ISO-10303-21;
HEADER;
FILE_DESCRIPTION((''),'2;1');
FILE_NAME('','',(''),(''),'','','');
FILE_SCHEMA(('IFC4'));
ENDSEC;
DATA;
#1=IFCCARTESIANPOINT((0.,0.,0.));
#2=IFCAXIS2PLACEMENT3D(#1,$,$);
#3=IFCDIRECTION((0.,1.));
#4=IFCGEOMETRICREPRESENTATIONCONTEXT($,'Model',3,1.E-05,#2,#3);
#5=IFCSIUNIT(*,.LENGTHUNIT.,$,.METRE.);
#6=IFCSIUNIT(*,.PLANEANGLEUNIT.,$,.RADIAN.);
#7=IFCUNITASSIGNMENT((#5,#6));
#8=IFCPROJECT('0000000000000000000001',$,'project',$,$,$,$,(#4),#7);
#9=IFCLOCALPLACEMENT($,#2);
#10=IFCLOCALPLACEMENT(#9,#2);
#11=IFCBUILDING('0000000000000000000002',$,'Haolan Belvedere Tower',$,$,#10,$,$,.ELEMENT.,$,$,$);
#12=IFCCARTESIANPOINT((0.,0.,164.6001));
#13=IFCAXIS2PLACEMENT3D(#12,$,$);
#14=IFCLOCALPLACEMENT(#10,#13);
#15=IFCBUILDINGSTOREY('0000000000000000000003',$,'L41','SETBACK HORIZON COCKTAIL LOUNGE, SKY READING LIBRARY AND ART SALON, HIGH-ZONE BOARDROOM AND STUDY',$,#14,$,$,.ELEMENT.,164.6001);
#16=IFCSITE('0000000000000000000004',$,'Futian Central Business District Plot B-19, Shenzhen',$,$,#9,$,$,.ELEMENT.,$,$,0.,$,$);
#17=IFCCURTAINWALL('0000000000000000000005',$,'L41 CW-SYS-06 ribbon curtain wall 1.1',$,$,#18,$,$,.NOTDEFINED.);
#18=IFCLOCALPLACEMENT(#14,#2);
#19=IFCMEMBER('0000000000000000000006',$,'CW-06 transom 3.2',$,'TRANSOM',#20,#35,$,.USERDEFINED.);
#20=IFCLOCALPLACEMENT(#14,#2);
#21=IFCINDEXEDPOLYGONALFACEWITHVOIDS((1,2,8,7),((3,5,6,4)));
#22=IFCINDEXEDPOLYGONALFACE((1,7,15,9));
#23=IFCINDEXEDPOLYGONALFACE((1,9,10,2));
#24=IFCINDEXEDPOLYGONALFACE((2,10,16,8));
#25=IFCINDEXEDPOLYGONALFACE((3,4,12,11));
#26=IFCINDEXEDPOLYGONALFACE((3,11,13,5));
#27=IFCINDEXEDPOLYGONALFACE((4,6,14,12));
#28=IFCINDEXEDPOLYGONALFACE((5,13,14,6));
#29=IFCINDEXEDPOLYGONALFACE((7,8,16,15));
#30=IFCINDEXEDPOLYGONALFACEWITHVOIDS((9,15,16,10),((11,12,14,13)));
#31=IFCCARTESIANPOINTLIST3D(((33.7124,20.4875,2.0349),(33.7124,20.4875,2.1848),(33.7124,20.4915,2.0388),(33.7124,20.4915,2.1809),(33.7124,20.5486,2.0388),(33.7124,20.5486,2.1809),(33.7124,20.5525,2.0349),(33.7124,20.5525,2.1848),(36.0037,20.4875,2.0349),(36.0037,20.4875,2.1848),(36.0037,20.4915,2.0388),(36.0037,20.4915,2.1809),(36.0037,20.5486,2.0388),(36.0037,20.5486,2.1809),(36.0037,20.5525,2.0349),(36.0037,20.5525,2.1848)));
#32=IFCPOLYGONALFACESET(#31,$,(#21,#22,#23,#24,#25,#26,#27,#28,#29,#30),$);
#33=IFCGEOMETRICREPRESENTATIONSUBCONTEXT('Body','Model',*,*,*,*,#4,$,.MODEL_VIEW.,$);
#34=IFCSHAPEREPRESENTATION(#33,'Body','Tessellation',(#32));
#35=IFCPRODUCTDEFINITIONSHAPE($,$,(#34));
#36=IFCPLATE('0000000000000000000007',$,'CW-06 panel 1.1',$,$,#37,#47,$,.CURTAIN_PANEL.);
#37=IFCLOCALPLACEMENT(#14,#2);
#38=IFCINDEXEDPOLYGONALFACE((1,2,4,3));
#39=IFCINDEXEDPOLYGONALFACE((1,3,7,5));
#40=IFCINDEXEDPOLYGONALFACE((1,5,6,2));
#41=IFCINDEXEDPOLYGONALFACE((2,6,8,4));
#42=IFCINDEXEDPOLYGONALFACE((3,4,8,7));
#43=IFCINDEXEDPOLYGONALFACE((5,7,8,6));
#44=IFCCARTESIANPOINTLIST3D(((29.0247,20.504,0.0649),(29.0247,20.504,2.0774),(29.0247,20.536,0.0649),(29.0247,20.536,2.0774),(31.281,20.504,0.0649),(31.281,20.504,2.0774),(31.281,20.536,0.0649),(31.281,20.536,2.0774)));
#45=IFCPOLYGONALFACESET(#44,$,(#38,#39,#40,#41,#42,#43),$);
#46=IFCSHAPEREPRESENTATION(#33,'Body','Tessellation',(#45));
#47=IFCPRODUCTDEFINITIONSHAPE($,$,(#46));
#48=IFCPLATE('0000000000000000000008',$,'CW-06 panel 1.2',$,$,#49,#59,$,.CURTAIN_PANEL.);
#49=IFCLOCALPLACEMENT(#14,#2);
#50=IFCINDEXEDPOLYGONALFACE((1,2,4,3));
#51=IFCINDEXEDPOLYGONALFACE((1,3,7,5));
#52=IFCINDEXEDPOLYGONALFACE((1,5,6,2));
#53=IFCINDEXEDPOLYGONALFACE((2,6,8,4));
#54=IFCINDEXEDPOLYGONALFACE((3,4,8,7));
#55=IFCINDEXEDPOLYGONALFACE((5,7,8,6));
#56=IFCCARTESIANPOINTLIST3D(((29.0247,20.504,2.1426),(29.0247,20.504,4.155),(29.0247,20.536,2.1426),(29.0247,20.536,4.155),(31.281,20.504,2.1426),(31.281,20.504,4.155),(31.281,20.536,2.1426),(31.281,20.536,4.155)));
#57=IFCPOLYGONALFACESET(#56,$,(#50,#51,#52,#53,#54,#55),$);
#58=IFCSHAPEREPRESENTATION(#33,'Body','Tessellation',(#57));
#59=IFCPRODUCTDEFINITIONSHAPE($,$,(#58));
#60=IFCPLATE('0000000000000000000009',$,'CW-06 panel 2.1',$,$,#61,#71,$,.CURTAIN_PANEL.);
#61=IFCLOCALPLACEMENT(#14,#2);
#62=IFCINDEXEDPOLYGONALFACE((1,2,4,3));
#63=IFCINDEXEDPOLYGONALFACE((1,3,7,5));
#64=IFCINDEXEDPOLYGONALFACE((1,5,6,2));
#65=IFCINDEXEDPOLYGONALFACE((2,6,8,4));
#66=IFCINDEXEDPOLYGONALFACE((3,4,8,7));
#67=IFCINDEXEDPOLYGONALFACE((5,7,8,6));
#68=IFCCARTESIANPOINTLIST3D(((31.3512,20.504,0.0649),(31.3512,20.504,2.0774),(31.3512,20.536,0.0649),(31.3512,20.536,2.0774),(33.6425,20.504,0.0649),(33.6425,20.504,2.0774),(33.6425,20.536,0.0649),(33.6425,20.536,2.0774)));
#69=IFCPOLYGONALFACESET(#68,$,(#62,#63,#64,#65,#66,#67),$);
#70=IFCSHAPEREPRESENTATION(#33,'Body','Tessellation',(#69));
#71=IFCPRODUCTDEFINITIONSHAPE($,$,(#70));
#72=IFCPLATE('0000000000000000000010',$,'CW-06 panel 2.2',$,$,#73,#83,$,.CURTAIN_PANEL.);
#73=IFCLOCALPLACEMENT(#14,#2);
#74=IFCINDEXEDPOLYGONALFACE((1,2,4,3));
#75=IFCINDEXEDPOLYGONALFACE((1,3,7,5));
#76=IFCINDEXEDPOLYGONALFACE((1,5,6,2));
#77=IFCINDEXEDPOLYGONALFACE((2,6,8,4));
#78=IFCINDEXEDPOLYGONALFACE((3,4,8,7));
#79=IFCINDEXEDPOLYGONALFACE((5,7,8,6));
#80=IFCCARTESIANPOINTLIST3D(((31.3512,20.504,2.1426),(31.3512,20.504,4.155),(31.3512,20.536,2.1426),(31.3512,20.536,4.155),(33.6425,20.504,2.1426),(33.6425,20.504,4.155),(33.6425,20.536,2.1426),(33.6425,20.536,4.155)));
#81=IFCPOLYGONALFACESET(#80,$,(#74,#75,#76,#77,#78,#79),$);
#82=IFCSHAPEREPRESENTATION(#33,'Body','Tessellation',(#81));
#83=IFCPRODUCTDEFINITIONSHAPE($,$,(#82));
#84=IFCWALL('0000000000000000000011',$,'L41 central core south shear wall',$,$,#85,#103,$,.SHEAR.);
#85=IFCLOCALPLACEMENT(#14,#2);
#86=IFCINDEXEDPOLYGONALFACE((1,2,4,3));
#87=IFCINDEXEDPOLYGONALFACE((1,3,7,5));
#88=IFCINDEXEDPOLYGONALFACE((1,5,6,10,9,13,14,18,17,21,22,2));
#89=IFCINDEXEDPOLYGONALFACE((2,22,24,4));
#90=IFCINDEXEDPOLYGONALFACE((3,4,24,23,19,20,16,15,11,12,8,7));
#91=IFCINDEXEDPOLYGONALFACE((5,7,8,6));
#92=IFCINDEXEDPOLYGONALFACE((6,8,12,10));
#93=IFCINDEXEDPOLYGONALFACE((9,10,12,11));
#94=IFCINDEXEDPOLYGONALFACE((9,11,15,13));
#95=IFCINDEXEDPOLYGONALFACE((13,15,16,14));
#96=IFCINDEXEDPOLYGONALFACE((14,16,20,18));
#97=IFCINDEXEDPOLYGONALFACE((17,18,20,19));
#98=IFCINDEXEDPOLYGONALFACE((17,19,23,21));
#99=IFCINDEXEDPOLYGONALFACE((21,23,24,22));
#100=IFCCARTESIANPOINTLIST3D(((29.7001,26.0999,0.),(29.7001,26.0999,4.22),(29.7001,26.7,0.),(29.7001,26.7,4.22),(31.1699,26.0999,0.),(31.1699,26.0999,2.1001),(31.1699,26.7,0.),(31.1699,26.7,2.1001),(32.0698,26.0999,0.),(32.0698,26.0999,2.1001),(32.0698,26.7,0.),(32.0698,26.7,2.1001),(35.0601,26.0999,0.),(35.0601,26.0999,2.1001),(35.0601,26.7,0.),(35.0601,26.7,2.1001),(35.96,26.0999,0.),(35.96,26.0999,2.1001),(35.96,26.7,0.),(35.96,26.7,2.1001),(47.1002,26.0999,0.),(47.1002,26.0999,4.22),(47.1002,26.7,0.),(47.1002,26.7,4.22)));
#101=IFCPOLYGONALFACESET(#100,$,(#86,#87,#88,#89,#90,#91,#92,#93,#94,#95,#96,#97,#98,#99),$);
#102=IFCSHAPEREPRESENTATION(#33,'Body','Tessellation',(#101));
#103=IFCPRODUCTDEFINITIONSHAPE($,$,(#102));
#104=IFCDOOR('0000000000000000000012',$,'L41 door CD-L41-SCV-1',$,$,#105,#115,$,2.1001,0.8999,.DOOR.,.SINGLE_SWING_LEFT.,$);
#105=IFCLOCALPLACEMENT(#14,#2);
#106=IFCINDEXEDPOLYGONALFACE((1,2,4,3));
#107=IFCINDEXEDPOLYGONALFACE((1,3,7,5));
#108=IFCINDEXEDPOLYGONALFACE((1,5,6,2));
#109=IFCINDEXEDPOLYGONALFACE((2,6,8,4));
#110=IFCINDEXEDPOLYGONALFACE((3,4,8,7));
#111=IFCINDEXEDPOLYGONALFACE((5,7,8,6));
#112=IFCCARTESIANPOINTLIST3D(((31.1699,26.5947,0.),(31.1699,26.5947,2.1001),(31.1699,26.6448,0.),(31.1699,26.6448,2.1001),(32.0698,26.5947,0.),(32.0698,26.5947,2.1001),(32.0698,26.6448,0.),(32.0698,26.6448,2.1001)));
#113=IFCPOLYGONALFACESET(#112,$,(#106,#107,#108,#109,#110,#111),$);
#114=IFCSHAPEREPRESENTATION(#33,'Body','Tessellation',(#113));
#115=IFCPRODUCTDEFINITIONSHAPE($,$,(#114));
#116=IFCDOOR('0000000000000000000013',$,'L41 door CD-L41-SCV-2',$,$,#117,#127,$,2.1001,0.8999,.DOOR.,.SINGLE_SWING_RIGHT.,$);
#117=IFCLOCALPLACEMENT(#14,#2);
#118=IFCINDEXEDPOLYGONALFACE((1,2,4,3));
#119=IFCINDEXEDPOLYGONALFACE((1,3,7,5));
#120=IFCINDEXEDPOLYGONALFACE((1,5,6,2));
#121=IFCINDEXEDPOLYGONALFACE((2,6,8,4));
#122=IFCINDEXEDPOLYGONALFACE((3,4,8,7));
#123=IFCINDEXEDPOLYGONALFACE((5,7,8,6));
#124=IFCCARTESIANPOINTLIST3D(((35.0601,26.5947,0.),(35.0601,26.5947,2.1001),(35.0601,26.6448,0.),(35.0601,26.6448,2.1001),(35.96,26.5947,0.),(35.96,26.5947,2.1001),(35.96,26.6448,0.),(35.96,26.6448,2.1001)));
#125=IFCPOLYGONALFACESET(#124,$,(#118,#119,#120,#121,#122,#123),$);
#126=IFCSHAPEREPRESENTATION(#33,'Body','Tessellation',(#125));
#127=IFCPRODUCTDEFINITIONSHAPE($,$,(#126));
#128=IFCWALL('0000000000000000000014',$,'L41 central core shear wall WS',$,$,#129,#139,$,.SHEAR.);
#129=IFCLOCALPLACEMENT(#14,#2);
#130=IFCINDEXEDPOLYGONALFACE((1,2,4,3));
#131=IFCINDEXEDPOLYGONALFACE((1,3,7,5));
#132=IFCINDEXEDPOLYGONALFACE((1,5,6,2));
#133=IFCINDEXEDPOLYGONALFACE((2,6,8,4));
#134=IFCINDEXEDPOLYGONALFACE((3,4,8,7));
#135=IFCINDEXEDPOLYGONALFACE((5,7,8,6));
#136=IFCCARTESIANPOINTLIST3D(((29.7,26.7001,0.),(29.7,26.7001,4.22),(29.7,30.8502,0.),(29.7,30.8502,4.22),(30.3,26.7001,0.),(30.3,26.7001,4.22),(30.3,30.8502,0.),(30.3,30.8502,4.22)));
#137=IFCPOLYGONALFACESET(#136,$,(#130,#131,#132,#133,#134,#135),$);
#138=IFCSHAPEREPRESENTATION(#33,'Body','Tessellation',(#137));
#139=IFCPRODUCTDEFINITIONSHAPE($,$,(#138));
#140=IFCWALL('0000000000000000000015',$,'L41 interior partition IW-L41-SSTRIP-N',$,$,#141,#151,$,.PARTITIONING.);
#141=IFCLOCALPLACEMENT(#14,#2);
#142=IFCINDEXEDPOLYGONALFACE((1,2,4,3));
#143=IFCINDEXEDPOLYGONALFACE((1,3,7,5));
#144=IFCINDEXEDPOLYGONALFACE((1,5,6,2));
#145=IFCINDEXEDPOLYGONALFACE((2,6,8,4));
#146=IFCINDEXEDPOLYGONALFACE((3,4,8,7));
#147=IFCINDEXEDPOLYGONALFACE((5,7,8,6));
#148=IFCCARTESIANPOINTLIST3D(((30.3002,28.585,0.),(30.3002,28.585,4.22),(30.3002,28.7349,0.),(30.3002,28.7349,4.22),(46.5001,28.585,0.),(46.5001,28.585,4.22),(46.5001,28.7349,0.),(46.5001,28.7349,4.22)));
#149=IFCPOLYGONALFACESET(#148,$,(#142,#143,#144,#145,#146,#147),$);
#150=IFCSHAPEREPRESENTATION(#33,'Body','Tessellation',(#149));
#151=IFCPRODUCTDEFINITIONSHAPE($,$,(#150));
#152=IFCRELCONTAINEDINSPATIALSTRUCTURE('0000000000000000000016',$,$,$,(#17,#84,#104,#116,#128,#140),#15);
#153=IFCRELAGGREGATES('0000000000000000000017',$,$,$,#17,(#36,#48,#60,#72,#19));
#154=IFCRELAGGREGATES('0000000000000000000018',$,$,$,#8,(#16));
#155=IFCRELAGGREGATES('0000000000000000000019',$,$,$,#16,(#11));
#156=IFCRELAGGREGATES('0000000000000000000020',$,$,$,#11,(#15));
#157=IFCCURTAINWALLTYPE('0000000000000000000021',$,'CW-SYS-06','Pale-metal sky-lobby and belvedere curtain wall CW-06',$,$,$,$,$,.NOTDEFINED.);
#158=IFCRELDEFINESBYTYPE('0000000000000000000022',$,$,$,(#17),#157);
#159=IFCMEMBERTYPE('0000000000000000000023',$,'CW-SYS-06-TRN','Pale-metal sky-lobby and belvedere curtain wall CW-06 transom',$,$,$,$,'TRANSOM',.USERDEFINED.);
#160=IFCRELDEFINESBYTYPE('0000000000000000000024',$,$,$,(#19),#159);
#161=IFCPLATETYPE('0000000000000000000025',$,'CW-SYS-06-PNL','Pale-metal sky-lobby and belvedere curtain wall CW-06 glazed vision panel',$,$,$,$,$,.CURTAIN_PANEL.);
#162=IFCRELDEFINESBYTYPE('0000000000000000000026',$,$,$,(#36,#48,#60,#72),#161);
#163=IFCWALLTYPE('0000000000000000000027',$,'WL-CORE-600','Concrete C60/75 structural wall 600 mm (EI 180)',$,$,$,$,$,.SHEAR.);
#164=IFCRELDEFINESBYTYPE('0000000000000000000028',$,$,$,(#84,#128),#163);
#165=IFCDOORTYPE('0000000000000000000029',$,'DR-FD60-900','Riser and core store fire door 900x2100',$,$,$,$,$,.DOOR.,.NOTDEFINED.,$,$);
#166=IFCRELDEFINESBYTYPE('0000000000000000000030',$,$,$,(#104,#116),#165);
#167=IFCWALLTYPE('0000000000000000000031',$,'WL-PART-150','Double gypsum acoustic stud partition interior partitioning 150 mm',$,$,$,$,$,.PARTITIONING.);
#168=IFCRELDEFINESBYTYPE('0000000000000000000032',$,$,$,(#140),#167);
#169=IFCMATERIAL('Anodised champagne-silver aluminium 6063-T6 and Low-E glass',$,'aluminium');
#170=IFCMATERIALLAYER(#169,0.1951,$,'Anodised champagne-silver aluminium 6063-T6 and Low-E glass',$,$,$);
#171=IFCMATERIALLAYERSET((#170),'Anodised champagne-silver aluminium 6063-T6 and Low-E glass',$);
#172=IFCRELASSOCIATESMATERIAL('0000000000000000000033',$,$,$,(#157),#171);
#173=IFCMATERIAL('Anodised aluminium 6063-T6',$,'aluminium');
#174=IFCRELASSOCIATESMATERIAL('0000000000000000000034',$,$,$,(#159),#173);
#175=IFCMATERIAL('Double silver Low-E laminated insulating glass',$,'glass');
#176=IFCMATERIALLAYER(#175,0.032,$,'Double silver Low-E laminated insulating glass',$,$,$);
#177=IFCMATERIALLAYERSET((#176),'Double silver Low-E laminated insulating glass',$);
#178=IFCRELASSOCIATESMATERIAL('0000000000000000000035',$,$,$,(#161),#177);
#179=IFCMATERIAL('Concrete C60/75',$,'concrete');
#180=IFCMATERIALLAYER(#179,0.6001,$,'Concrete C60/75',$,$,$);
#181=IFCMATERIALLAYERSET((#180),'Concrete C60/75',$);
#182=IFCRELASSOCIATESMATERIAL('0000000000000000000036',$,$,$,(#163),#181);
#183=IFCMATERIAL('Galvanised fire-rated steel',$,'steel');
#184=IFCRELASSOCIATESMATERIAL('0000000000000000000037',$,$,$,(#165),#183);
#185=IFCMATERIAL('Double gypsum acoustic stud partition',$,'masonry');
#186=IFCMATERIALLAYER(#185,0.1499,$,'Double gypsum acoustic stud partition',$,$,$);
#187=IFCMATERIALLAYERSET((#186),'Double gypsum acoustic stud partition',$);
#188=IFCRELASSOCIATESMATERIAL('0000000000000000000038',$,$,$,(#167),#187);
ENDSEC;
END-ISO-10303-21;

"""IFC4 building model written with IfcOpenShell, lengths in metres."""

from ifc_helpers import new_model, si_unit, direction, frame, frame_2d, origin, origin_2d, place, context, subcontext, project, spatial, rectangle, hollow_rectangle, extrude, material, layer, layer_set, material_profile, profile_set, type_object, element, fill, aggregate, save


model = new_model("IFC4")

# Units and contexts
model_context = context("Model", 3, precision=1e-05, world=origin(), true_north=direction((0.0, 1.0)))
body_context = subcontext(model_context, "Body", "Model", "MODEL_VIEW")
ifc_project = project(units=[si_unit("LENGTHUNIT", "METRE"), si_unit("PLANEANGLEUNIT", "RADIAN")], contexts=[model_context])

# Site, building, storey
site_placement = place(None, origin())
site = spatial("IfcSite", under=ifc_project, at=site_placement, Name="Futian Central Business District Plot B-19, Shenzhen", CompositionType="ELEMENT", RefElevation=0.0)
building_placement = place(site_placement, origin())
building = spatial("IfcBuilding", under=site, at=building_placement, Name="Haolan Belvedere Tower", CompositionType="ELEMENT")
storey_placement = place(building_placement, frame((0.0, 0.0, 164.6001)))
storey = spatial("IfcBuildingStorey", under=building, at=storey_placement, Name="L41", Description="SETBACK HORIZON COCKTAIL LOUNGE, SKY READING LIBRARY AND ART SALON, HIGH-ZONE BOARDROOM AND STUDY", CompositionType="ELEMENT", Elevation=164.6001)

# Curtain wall, member, plates
ifc_material_1 = material(Name="Anodised champagne-silver aluminium 6063-T6 and Low-E glass", Category="aluminium")
ifc_layer_1 = layer(ifc_material_1, 0.1951, Name="Anodised champagne-silver aluminium 6063-T6 and Low-E glass")
ifc_layer_set_1 = layer_set([ifc_layer_1], Name="Anodised champagne-silver aluminium 6063-T6 and Low-E glass")
curtain_wall_type = type_object("IfcCurtainWallType", Name="CW-SYS-06", Description="Pale-metal sky-lobby and belvedere curtain wall CW-06", PredefinedType="NOTDEFINED", material=ifc_layer_set_1)
curtain_wall_placement = place(storey_placement, origin())
curtain_wall = element("IfcCurtainWall", 1, at=curtain_wall_placement, inside=storey, type_object=curtain_wall_type, Name="L41 CW-SYS-06 ribbon curtain wall 1.1", PredefinedType="NOTDEFINED")
ifc_material_2 = material(Name="Anodised aluminium 6063-T6", Category="aluminium")
ifc_material_profile_1 = material_profile(ifc_material_2, hollow_rectangle(XDim=0.0649, YDim=0.1499, WallThickness=0.0039, at=origin_2d()), Name="Anodised aluminium 6063-T6")
ifc_profile_set_1 = profile_set([ifc_material_profile_1], Name="Anodised aluminium 6063-T6")
member_type_1 = type_object("IfcMemberType", Name="CW-SYS-06-TRN", Description="Pale-metal sky-lobby and belvedere curtain wall CW-06 transom", ElementType="TRANSOM", PredefinedType="USERDEFINED", material=ifc_profile_set_1)
member_1_placement = place(storey_placement, frame((33.7124, 20.52, 2.1099), z_axis=(1.0, 0.0, 0.0), x_axis=(0.0, 1.0, 0.0)))
member_1 = element("IfcMember", 2, at=member_1_placement, type_object=member_type_1, Name="CW-06 transom 3.2", ObjectType="TRANSOM", PredefinedType="USERDEFINED", context=body_context, shape_type="SweptSolid", body=[
    extrude(hollow_rectangle(XDim=0.0649, YDim=0.1499, WallThickness=0.0039, at=origin_2d()), origin(), (0.0, 0.0, 1.0), 2.2913),
])
ifc_material_3 = material(Name="Double silver Low-E laminated insulating glass", Category="glass")
ifc_layer_2 = layer(ifc_material_3, 0.032, Name="Double silver Low-E laminated insulating glass")
ifc_layer_set_2 = layer_set([ifc_layer_2], Name="Double silver Low-E laminated insulating glass")
plate_type = type_object("IfcPlateType", Name="CW-SYS-06-PNL", Description="Pale-metal sky-lobby and belvedere curtain wall CW-06 glazed vision panel", PredefinedType="CURTAIN_PANEL", material=ifc_layer_set_2)
plate_1_placement = place(storey_placement, frame((30.1528, 20.52, 0.0649), z_axis=(0.0, 0.0, 1.0), x_axis=(1.0, 0.0, 0.0)))
plate_1 = element("IfcPlate", 3, at=plate_1_placement, type_object=plate_type, Name="CW-06 panel 1.1", PredefinedType="CURTAIN_PANEL", context=body_context, shape_type="SweptSolid", body=[
    extrude(rectangle(XDim=2.2563, YDim=0.032, at=origin_2d()), origin(), (0.0, 0.0, 1.0), 2.0125),
])
plate_2_placement = place(storey_placement, frame((30.1528, 20.52, 2.1426), z_axis=(0.0, 0.0, 1.0), x_axis=(1.0, 0.0, 0.0)))
plate_2 = element("IfcPlate", 4, at=plate_2_placement, type_object=plate_type, Name="CW-06 panel 1.2", PredefinedType="CURTAIN_PANEL", context=body_context, shape_type="SweptSolid", body=[
    extrude(rectangle(XDim=2.2563, YDim=0.032, at=origin_2d()), origin(), (0.0, 0.0, 1.0), 2.0125),
])
plate_3_placement = place(storey_placement, frame((32.4968, 20.52, 0.0649), z_axis=(0.0, 0.0, 1.0), x_axis=(1.0, 0.0, 0.0)))
plate_3 = element("IfcPlate", 5, at=plate_3_placement, type_object=plate_type, Name="CW-06 panel 2.1", PredefinedType="CURTAIN_PANEL", context=body_context, shape_type="SweptSolid", body=[
    extrude(rectangle(XDim=2.2913, YDim=0.032, at=origin_2d()), origin(), (0.0, 0.0, 1.0), 2.0125),
])
plate_4_placement = place(storey_placement, frame((32.4968, 20.52, 2.1426), z_axis=(0.0, 0.0, 1.0), x_axis=(1.0, 0.0, 0.0)))
plate_4 = element("IfcPlate", 6, at=plate_4_placement, type_object=plate_type, Name="CW-06 panel 2.2", PredefinedType="CURTAIN_PANEL", context=body_context, shape_type="SweptSolid", body=[
    extrude(rectangle(XDim=2.2913, YDim=0.032, at=origin_2d()), origin(), (0.0, 0.0, 1.0), 2.0125),
])
aggregate(curtain_wall, [plate_1, plate_2, plate_3, plate_4, member_1])

# Wall, openings, doors
ifc_material_4 = material(Name="Concrete C60/75", Category="concrete")
ifc_layer_3 = layer(ifc_material_4, 0.6001, Name="Concrete C60/75")
ifc_layer_set_3 = layer_set([ifc_layer_3], Name="Concrete C60/75")
wall_type_1 = type_object("IfcWallType", Name="WL-CORE-600", Description="Concrete C60/75 structural wall 600 mm (EI 180)", PredefinedType="SHEAR", material=ifc_layer_set_3)
wall_1_placement = place(storey_placement, frame((29.7, 26.3999, 0.0), z_axis=(0.0, 0.0, 1.0), x_axis=(1.0, 0.0, 0.0)))
wall_1 = element("IfcWall", 7, at=wall_1_placement, inside=storey, type_object=wall_type_1, Name="L41 central core south shear wall", PredefinedType="SHEAR", context=body_context, shape_type="SweptSolid", body=[
    extrude(rectangle(XDim=17.4001, YDim=0.6001, at=frame_2d((8.7002, 0.0))), origin(), (0.0, 0.0, 1.0), 4.22),
])
opening_1_placement = place(wall_1_placement, frame((2.3699, 0.0, 0.0), z_axis=(0.0, 0.0, 1.0), x_axis=(-1.0, 0.0, 0.0)))
opening_1 = element("IfcOpeningElement", 8, at=opening_1_placement, cuts=wall_1, PredefinedType="OPENING", context=body_context, shape_type="SweptSolid", body=[
    extrude(rectangle(XDim=0.8999, YDim=2.1001, at=frame_2d((0.45, 1.05))), frame((0.0, 0.3101, 0.0), z_axis=(0.0, -1.0, 0.0), x_axis=(1.0, 0.0, 0.0)), (0.0, 0.0, 1.0), 0.6201),
])
opening_2_placement = place(wall_1_placement, frame((6.26, 0.0, 0.0), z_axis=(0.0, 0.0, 1.0), x_axis=(-1.0, 0.0, 0.0)))
opening_2 = element("IfcOpeningElement", 9, at=opening_2_placement, cuts=wall_1, PredefinedType="OPENING", context=body_context, shape_type="SweptSolid", body=[
    extrude(rectangle(XDim=0.8999, YDim=2.1001, at=frame_2d((0.45, 1.05))), frame((0.0, 0.3101, 0.0), z_axis=(0.0, -1.0, 0.0), x_axis=(1.0, 0.0, 0.0)), (0.0, 0.0, 1.0), 0.6201),
])
ifc_material_5 = material(Name="Galvanised fire-rated steel", Category="steel")
door_type = type_object("IfcDoorType", Name="DR-FD60-900", Description="Riser and core store fire door 900x2100", OperationType="NOTDEFINED", PredefinedType="DOOR", material=ifc_material_5)
door_1_placement = place(opening_1_placement, origin())
door_1 = element("IfcDoor", 10, at=door_1_placement, inside=storey, type_object=door_type, Name="L41 door CD-L41-SCV-1", OperationType="SINGLE_SWING_LEFT", OverallHeight=2.1001, OverallWidth=0.8999, PredefinedType="DOOR", context=body_context, shape_type="SweptSolid", body=[
    extrude(rectangle(XDim=0.8999, YDim=2.1001, at=frame_2d((0.45, 1.05))), frame((0.0, -0.1948, 0.0), z_axis=(0.0, -1.0, 0.0), x_axis=(1.0, 0.0, 0.0)), (0.0, 0.0, 1.0), 0.05),
])
fill(opening_1, door_1)
door_2_placement = place(opening_2_placement, origin())
door_2 = element("IfcDoor", 11, at=door_2_placement, inside=storey, type_object=door_type, Name="L41 door CD-L41-SCV-2", OperationType="SINGLE_SWING_RIGHT", OverallHeight=2.1001, OverallWidth=0.8999, PredefinedType="DOOR", context=body_context, shape_type="SweptSolid", body=[
    extrude(rectangle(XDim=0.8999, YDim=2.1001, at=frame_2d((0.45, 1.05))), frame((0.0, -0.1948, 0.0), z_axis=(0.0, -1.0, 0.0), x_axis=(1.0, 0.0, 0.0)), (0.0, 0.0, 1.0), 0.05),
])
fill(opening_2, door_2)

# Walls
wall_2_placement = place(storey_placement, frame((30.0, 26.7, 0.0), z_axis=(0.0, 0.0, 1.0), x_axis=(0.0, 1.0, 0.0)))
element("IfcWall", 12, at=wall_2_placement, inside=storey, type_object=wall_type_1, Name="L41 central core shear wall WS", PredefinedType="SHEAR", context=body_context, shape_type="SweptSolid", body=[
    extrude(rectangle(XDim=4.1501, YDim=0.6001, at=frame_2d((2.0752, 0.0))), origin(), (0.0, 0.0, 1.0), 4.22),
])
ifc_material_6 = material(Name="Double gypsum acoustic stud partition", Category="masonry")
ifc_layer_4 = layer(ifc_material_6, 0.1499, Name="Double gypsum acoustic stud partition")
ifc_layer_set_4 = layer_set([ifc_layer_4], Name="Double gypsum acoustic stud partition")
wall_type_2 = type_object("IfcWallType", Name="WL-PART-150", Description="Double gypsum acoustic stud partition interior partitioning 150 mm", PredefinedType="PARTITIONING", material=ifc_layer_set_4)
wall_3_placement = place(storey_placement, frame((30.3, 28.6599, 0.0), z_axis=(0.0, 0.0, 1.0), x_axis=(1.0, 0.0, 0.0)))
element("IfcWall", 13, at=wall_3_placement, inside=storey, type_object=wall_type_2, Name="L41 interior partition IW-L41-SSTRIP-N", PredefinedType="PARTITIONING", context=body_context, shape_type="SweptSolid", body=[
    extrude(rectangle(XDim=16.2, YDim=0.1499, at=frame_2d((8.1001, 0.0))), origin(), (0.0, 0.0, 1.0), 4.22),
])

save(model, "model.ifc")
